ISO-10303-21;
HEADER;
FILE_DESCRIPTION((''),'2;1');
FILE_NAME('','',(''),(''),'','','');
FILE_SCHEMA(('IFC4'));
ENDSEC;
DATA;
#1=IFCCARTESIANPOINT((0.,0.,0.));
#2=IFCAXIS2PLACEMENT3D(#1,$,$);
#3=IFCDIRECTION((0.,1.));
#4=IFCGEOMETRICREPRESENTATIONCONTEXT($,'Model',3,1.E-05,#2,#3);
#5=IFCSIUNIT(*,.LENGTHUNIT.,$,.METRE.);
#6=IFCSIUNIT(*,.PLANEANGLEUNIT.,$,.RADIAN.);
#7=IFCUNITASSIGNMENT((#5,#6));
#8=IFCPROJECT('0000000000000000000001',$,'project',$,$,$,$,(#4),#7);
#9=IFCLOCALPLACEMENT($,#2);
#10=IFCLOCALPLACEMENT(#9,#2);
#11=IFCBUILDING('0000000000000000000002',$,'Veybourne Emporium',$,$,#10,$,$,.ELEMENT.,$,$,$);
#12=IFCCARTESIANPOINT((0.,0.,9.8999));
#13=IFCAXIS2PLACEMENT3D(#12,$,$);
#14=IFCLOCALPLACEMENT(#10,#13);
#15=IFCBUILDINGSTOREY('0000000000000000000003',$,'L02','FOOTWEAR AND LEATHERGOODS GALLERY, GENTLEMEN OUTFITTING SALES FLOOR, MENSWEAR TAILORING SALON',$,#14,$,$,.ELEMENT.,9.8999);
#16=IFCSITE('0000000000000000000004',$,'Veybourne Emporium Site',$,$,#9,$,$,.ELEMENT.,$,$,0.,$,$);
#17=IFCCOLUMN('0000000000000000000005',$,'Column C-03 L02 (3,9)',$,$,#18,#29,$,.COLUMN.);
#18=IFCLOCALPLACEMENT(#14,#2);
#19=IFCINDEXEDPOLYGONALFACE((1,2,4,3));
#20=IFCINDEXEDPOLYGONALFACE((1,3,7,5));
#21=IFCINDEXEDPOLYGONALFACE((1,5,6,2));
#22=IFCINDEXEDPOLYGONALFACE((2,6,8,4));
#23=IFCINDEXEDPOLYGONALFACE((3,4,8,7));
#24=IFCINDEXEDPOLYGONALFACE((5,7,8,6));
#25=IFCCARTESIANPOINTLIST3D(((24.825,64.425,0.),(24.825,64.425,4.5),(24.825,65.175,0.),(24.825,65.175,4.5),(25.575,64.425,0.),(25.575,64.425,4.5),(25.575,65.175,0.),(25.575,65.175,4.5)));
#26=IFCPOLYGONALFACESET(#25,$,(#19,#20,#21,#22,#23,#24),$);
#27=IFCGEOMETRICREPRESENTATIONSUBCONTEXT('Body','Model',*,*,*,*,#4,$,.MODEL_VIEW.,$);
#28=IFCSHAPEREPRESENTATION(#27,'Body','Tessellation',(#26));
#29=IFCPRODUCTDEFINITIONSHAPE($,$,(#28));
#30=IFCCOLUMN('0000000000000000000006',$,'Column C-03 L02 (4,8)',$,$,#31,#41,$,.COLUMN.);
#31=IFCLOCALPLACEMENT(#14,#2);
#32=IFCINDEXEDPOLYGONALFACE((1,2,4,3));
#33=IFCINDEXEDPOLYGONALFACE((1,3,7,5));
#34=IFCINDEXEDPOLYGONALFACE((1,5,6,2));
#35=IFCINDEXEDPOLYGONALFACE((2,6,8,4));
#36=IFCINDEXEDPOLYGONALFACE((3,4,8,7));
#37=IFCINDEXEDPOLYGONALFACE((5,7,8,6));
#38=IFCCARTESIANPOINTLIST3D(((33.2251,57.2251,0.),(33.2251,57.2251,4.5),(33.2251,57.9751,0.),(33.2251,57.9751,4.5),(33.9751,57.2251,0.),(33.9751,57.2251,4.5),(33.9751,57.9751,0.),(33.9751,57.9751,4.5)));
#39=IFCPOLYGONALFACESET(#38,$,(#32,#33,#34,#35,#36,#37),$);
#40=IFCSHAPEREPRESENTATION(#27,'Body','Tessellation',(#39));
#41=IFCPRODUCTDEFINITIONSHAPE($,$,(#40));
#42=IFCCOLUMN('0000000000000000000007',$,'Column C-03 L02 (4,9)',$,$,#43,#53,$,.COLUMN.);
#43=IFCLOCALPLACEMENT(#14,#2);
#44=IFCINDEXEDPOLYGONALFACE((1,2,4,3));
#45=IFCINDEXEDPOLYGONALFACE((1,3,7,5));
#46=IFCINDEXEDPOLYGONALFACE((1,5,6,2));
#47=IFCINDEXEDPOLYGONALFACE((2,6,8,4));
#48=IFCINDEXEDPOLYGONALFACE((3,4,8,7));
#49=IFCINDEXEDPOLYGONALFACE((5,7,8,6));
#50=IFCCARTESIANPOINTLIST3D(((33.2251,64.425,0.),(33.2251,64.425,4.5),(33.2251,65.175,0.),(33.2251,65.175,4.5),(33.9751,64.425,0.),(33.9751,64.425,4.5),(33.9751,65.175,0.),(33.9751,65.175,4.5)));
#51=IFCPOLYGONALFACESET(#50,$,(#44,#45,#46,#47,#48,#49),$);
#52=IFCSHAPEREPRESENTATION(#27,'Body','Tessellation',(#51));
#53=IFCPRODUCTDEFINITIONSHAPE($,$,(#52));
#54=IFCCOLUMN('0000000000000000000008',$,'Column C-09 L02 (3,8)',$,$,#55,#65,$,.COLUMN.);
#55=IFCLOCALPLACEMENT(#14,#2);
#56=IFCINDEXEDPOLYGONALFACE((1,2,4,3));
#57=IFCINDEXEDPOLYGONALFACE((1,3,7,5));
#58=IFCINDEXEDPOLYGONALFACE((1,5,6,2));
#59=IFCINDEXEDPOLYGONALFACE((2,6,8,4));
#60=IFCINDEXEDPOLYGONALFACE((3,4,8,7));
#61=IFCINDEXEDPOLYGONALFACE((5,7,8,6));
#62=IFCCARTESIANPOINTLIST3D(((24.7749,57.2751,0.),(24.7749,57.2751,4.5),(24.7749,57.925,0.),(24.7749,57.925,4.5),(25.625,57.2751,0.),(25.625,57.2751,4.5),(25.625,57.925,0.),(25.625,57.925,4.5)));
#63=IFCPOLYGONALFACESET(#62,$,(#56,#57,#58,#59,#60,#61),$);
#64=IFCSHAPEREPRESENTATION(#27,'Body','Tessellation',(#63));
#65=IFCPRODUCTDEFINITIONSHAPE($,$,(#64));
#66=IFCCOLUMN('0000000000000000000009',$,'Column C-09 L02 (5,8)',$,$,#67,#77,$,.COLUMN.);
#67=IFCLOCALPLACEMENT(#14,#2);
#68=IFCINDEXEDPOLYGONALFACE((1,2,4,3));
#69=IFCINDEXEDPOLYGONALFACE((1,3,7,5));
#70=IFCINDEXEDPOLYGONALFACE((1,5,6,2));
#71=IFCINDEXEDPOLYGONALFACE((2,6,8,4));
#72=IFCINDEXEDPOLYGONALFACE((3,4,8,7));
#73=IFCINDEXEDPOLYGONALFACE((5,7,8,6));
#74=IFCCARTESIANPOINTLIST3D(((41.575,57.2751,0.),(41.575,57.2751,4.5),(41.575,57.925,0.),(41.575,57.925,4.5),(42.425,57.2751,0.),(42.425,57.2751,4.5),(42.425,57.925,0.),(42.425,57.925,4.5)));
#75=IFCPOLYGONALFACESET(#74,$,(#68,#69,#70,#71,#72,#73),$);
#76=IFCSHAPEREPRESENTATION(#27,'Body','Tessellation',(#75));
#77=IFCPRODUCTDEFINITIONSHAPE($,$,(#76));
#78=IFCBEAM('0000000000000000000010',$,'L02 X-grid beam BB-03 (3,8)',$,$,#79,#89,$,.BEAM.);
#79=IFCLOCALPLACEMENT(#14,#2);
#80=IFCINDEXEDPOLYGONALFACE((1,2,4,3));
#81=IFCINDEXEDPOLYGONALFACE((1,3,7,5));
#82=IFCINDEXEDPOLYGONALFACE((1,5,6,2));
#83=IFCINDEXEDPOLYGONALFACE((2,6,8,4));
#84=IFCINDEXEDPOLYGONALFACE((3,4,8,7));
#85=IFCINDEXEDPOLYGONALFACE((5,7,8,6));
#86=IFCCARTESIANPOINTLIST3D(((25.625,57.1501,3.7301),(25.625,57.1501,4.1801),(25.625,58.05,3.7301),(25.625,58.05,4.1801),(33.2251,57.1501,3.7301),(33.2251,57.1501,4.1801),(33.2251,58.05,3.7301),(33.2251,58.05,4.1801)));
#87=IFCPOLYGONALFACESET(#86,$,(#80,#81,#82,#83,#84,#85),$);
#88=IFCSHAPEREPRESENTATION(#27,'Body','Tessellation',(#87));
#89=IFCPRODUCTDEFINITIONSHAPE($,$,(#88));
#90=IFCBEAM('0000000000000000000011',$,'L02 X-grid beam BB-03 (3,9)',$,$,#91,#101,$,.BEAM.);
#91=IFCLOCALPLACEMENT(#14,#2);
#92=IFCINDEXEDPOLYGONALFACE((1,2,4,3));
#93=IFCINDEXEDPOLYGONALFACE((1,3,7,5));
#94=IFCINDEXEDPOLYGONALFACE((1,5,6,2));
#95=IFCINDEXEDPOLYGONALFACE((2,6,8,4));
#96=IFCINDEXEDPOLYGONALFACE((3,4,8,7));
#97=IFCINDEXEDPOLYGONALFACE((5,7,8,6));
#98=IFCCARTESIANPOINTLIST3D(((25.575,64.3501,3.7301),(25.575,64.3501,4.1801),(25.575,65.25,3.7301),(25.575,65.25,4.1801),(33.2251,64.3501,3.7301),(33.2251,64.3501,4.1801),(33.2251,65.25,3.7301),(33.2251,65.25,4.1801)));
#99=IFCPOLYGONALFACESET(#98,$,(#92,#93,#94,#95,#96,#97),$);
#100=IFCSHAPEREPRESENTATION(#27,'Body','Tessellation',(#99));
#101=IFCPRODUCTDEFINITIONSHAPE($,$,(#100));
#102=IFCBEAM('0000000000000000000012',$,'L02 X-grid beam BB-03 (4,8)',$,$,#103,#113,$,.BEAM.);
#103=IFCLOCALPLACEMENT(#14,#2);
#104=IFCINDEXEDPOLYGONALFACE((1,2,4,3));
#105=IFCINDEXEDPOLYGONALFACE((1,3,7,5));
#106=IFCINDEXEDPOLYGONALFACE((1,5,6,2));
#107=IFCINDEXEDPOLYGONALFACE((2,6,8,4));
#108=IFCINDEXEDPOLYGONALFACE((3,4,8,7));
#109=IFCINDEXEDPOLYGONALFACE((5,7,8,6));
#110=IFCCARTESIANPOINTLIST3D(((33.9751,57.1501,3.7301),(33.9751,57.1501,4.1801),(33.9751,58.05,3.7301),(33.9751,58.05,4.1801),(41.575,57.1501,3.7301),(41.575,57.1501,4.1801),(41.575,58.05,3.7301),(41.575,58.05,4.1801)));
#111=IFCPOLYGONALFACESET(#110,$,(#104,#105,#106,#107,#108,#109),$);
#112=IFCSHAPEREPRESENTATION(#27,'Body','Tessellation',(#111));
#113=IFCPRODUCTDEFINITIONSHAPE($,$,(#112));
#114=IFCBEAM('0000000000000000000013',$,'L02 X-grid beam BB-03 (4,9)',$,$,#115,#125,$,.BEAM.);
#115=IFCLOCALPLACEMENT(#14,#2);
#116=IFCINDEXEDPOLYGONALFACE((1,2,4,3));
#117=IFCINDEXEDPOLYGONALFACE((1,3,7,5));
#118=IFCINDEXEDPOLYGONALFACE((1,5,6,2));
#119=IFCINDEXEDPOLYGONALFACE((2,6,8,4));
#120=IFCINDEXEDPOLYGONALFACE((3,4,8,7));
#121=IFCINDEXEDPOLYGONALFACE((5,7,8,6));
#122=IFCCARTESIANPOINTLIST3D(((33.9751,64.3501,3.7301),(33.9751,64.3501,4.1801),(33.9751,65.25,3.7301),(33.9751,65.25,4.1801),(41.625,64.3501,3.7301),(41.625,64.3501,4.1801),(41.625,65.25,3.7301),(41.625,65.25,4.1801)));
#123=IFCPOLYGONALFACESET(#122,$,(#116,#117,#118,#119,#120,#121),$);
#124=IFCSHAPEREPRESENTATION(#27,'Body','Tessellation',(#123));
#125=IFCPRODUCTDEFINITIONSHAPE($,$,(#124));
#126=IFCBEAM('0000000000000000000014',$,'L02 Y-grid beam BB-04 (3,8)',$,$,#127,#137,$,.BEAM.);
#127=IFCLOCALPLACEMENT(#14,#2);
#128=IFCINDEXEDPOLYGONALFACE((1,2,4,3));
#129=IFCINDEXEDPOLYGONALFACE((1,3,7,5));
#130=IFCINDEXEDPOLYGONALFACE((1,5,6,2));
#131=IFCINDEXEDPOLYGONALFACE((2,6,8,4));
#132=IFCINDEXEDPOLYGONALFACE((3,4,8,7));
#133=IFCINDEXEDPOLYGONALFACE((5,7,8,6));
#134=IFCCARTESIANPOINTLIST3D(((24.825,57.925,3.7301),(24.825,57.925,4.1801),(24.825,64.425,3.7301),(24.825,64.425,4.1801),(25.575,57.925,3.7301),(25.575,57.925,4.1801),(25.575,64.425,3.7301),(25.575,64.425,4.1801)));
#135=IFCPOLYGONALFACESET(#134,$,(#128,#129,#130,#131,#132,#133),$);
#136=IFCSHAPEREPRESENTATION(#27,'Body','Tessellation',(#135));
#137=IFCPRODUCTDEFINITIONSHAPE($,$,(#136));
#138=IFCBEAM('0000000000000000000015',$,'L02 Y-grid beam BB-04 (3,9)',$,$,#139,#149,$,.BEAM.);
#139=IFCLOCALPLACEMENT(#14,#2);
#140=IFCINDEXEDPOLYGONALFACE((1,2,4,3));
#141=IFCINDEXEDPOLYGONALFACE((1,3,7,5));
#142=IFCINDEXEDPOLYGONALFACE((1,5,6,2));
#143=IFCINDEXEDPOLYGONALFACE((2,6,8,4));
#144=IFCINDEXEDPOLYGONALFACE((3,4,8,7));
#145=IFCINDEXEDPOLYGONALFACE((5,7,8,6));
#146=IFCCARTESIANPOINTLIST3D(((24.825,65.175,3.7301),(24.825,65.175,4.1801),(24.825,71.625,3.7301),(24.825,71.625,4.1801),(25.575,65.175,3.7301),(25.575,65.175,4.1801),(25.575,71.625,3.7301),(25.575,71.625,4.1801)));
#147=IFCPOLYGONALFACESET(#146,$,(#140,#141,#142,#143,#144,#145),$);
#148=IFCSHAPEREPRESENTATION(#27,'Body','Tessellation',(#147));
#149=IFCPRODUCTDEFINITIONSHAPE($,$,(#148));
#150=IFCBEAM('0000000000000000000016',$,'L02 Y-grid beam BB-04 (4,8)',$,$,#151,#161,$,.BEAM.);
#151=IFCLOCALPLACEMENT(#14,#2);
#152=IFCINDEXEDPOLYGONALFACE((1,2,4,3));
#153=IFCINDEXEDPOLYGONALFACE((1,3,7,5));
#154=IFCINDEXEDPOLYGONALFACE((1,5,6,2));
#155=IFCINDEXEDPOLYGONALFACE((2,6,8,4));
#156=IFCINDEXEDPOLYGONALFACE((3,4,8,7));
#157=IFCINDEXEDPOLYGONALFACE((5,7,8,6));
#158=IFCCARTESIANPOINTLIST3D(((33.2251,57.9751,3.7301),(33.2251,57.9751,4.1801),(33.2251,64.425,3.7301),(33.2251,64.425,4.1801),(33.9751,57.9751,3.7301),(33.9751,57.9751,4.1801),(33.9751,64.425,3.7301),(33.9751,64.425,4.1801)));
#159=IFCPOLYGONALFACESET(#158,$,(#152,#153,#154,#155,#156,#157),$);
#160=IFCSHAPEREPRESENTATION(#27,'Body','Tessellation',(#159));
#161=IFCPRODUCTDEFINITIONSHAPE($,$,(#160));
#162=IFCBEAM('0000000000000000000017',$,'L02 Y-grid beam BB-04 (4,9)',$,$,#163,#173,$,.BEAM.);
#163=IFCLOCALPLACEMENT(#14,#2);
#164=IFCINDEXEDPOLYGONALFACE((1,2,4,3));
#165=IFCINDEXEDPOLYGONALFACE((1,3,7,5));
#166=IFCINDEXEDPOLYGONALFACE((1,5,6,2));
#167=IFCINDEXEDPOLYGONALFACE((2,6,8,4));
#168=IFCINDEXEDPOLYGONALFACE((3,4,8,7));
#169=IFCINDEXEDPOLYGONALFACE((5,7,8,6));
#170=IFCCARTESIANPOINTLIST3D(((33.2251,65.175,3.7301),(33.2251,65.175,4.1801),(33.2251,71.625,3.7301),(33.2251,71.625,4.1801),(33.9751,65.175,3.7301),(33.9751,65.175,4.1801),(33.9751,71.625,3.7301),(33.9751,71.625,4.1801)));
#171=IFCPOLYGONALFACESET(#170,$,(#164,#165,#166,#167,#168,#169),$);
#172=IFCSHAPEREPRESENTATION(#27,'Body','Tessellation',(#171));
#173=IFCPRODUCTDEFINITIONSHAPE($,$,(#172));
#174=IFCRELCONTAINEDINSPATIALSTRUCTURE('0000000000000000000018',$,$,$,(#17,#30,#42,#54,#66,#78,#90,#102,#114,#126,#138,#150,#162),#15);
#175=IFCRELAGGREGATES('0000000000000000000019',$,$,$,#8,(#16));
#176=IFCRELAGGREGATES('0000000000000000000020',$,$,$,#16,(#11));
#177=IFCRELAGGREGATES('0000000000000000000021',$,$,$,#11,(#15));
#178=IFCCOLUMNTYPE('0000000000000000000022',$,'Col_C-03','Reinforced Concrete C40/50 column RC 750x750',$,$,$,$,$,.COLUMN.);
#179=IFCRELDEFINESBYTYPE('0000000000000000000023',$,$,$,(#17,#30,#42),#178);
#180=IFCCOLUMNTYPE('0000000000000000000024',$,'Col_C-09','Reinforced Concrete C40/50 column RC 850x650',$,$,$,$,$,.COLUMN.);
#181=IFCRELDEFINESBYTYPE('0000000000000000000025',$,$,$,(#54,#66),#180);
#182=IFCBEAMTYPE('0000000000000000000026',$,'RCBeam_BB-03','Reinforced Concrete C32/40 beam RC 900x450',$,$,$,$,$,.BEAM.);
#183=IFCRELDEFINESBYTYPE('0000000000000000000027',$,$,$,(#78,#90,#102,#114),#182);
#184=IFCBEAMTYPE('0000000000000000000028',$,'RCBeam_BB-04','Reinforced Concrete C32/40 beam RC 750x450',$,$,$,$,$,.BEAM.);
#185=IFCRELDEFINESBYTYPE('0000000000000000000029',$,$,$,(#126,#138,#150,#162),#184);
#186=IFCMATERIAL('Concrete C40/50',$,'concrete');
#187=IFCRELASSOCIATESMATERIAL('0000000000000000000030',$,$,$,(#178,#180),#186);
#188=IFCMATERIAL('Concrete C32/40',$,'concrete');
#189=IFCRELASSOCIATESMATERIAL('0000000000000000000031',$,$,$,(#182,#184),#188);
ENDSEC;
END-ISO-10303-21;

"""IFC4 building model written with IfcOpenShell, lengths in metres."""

from ifc_helpers import new_model, si_unit, direction, frame, origin, origin_2d, place, context, subcontext, project, spatial, rectangle, extrude, material, material_profile, profile_set, type_object, element, save


model = new_model("IFC4")

# Units and contexts
model_context = context("Model", 3, precision=1e-05, world=origin(), true_north=direction((0.0, 1.0)))
body_context = subcontext(model_context, "Body", "Model", "MODEL_VIEW")
ifc_project = project(units=[si_unit("LENGTHUNIT", "METRE"), si_unit("PLANEANGLEUNIT", "RADIAN")], contexts=[model_context])

# Site, building, storey
site_placement = place(None, origin())
site = spatial("IfcSite", under=ifc_project, at=site_placement, Name="Veybourne Emporium Site", CompositionType="ELEMENT", RefElevation=0.0)
building_placement = place(site_placement, origin())
building = spatial("IfcBuilding", under=site, at=building_placement, Name="Veybourne Emporium", CompositionType="ELEMENT")
storey_placement = place(building_placement, frame((0.0, 0.0, 9.8999)))
storey = spatial("IfcBuildingStorey", under=building, at=storey_placement, Name="L02", Description="FOOTWEAR AND LEATHERGOODS GALLERY, GENTLEMEN OUTFITTING SALES FLOOR, MENSWEAR TAILORING SALON", CompositionType="ELEMENT", Elevation=9.8999)

# Columns
ifc_material_1 = material(Name="Concrete C40/50", Category="concrete")
ifc_material_profile_1 = material_profile(ifc_material_1, rectangle(XDim=0.75, YDim=0.75, at=origin_2d()), Name="RC 750x750")
ifc_profile_set_1 = profile_set([ifc_material_profile_1], Name="Concrete C40/50")
column_type_1 = type_object("IfcColumnType", Name="Col_C-03", Description="Reinforced Concrete C40/50 column RC 750x750", PredefinedType="COLUMN", material=ifc_profile_set_1)
for number, where, z_axis, x_axis, name in (
    (1, (25.2, 64.8, 0.0), (0.0, 0.0, 1.0), (1.0, 0.0, 0.0), "Column C-03 L02 (3,9)"),
    (2, (33.6001, 57.6001, 0.0), (0.0, 0.0, 1.0), (1.0, 0.0, 0.0), "Column C-03 L02 (4,8)"),
    (3, (33.6001, 64.8, 0.0), (0.0, 0.0, 1.0), (1.0, 0.0, 0.0), "Column C-03 L02 (4,9)"),
):
    element("IfcColumn", number, at=place(storey_placement, frame(where, z_axis=z_axis, x_axis=x_axis)), inside=storey, type_object=column_type_1, Name=name, PredefinedType="COLUMN", context=body_context, shape_type="SweptSolid", body=[
        extrude(rectangle(XDim=0.75, YDim=0.75, at=origin_2d()), origin(), (0.0, 0.0, 1.0), 4.5),
    ])
ifc_material_profile_2 = material_profile(ifc_material_1, rectangle(XDim=0.8501, YDim=0.6499, at=origin_2d()), Name="RC 850x650")
ifc_profile_set_2 = profile_set([ifc_material_profile_2], Name="Concrete C40/50")
column_type_2 = type_object("IfcColumnType", Name="Col_C-09", Description="Reinforced Concrete C40/50 column RC 850x650", PredefinedType="COLUMN", material=ifc_profile_set_2)
for number, where, z_axis, x_axis, name in (
    (4, (25.2, 57.6001, 0.0), (0.0, 0.0, 1.0), (1.0, 0.0, 0.0), "Column C-09 L02 (3,8)"),
    (5, (42.0, 57.6001, 0.0), (0.0, 0.0, 1.0), (1.0, 0.0, 0.0), "Column C-09 L02 (5,8)"),
):
    element("IfcColumn", number, at=place(storey_placement, frame(where, z_axis=z_axis, x_axis=x_axis)), inside=storey, type_object=column_type_2, Name=name, PredefinedType="COLUMN", context=body_context, shape_type="SweptSolid", body=[
        extrude(rectangle(XDim=0.8501, YDim=0.6499, at=origin_2d()), origin(), (0.0, 0.0, 1.0), 4.5),
    ])

# Beams
ifc_material_2 = material(Name="Concrete C32/40", Category="concrete")
ifc_material_profile_3 = material_profile(ifc_material_2, rectangle(XDim=0.8999, YDim=0.45, at=origin_2d()), Name="RC 900x450")
ifc_profile_set_3 = profile_set([ifc_material_profile_3], Name="Concrete C32/40")
beam_type_1 = type_object("IfcBeamType", Name="RCBeam_BB-03", Description="Reinforced Concrete C32/40 beam RC 900x450", PredefinedType="BEAM", material=ifc_profile_set_3)
beam_1_placement = place(storey_placement, frame((25.625, 57.6001, 3.9551), z_axis=(1.0, 0.0, 0.0), x_axis=(0.0, 1.0, 0.0)))
element("IfcBeam", 6, at=beam_1_placement, inside=storey, type_object=beam_type_1, Name="L02 X-grid beam BB-03 (3,8)", PredefinedType="BEAM", context=body_context, shape_type="SweptSolid", body=[
    extrude(rectangle(XDim=0.8999, YDim=0.45, at=origin_2d()), origin(), (0.0, 0.0, 1.0), 7.6001),
])
beam_2_placement = place(storey_placement, frame((25.575, 64.8, 3.9551), z_axis=(1.0, 0.0, 0.0), x_axis=(0.0, 1.0, 0.0)))
element("IfcBeam", 7, at=beam_2_placement, inside=storey, type_object=beam_type_1, Name="L02 X-grid beam BB-03 (3,9)", PredefinedType="BEAM", context=body_context, shape_type="SweptSolid", body=[
    extrude(rectangle(XDim=0.8999, YDim=0.45, at=origin_2d()), origin(), (0.0, 0.0, 1.0), 7.6501),
])
beam_3_placement = place(storey_placement, frame((33.9751, 57.6001, 3.9551), z_axis=(1.0, 0.0, 0.0), x_axis=(0.0, 1.0, 0.0)))
element("IfcBeam", 8, at=beam_3_placement, inside=storey, type_object=beam_type_1, Name="L02 X-grid beam BB-03 (4,8)", PredefinedType="BEAM", context=body_context, shape_type="SweptSolid", body=[
    extrude(rectangle(XDim=0.8999, YDim=0.45, at=origin_2d()), origin(), (0.0, 0.0, 1.0), 7.5999),
])
beam_4_placement = place(storey_placement, frame((33.9751, 64.8, 3.9551), z_axis=(1.0, 0.0, 0.0), x_axis=(0.0, 1.0, 0.0)))
element("IfcBeam", 9, at=beam_4_placement, inside=storey, type_object=beam_type_1, Name="L02 X-grid beam BB-03 (4,9)", PredefinedType="BEAM", context=body_context, shape_type="SweptSolid", body=[
    extrude(rectangle(XDim=0.8999, YDim=0.45, at=origin_2d()), origin(), (0.0, 0.0, 1.0), 7.6499),
])
ifc_material_profile_4 = material_profile(ifc_material_2, rectangle(XDim=0.75, YDim=0.45, at=origin_2d()), Name="RC 750x450")
ifc_profile_set_4 = profile_set([ifc_material_profile_4], Name="Concrete C32/40")
beam_type_2 = type_object("IfcBeamType", Name="RCBeam_BB-04", Description="Reinforced Concrete C32/40 beam RC 750x450", PredefinedType="BEAM", material=ifc_profile_set_4)
beam_5_placement = place(storey_placement, frame((25.2, 57.925, 3.9551), z_axis=(0.0, 1.0, 0.0), x_axis=(-1.0, 0.0, 0.0)))
element("IfcBeam", 10, at=beam_5_placement, inside=storey, type_object=beam_type_2, Name="L02 Y-grid beam BB-04 (3,8)", PredefinedType="BEAM", context=body_context, shape_type="SweptSolid", body=[
    extrude(rectangle(XDim=0.75, YDim=0.45, at=origin_2d()), origin(), (0.0, 0.0, 1.0), 6.5),
])
for number, where, z_axis, x_axis, name in (
    (11, (25.2, 65.175, 3.9551), (0.0, 1.0, 0.0), (-1.0, 0.0, 0.0), "L02 Y-grid beam BB-04 (3,9)"),
    (12, (33.6001, 57.9751, 3.9551), (0.0, 1.0, 0.0), (-1.0, 0.0, 0.0), "L02 Y-grid beam BB-04 (4,8)"),
    (13, (33.6001, 65.175, 3.9551), (0.0, 1.0, 0.0), (-1.0, 0.0, 0.0), "L02 Y-grid beam BB-04 (4,9)"),
):
    element("IfcBeam", number, at=place(storey_placement, frame(where, z_axis=z_axis, x_axis=x_axis)), inside=storey, type_object=beam_type_2, Name=name, PredefinedType="BEAM", context=body_context, shape_type="SweptSolid", body=[
        extrude(rectangle(XDim=0.75, YDim=0.45, at=origin_2d()), origin(), (0.0, 0.0, 1.0), 6.45),
    ])

save(model, "model.ifc")
